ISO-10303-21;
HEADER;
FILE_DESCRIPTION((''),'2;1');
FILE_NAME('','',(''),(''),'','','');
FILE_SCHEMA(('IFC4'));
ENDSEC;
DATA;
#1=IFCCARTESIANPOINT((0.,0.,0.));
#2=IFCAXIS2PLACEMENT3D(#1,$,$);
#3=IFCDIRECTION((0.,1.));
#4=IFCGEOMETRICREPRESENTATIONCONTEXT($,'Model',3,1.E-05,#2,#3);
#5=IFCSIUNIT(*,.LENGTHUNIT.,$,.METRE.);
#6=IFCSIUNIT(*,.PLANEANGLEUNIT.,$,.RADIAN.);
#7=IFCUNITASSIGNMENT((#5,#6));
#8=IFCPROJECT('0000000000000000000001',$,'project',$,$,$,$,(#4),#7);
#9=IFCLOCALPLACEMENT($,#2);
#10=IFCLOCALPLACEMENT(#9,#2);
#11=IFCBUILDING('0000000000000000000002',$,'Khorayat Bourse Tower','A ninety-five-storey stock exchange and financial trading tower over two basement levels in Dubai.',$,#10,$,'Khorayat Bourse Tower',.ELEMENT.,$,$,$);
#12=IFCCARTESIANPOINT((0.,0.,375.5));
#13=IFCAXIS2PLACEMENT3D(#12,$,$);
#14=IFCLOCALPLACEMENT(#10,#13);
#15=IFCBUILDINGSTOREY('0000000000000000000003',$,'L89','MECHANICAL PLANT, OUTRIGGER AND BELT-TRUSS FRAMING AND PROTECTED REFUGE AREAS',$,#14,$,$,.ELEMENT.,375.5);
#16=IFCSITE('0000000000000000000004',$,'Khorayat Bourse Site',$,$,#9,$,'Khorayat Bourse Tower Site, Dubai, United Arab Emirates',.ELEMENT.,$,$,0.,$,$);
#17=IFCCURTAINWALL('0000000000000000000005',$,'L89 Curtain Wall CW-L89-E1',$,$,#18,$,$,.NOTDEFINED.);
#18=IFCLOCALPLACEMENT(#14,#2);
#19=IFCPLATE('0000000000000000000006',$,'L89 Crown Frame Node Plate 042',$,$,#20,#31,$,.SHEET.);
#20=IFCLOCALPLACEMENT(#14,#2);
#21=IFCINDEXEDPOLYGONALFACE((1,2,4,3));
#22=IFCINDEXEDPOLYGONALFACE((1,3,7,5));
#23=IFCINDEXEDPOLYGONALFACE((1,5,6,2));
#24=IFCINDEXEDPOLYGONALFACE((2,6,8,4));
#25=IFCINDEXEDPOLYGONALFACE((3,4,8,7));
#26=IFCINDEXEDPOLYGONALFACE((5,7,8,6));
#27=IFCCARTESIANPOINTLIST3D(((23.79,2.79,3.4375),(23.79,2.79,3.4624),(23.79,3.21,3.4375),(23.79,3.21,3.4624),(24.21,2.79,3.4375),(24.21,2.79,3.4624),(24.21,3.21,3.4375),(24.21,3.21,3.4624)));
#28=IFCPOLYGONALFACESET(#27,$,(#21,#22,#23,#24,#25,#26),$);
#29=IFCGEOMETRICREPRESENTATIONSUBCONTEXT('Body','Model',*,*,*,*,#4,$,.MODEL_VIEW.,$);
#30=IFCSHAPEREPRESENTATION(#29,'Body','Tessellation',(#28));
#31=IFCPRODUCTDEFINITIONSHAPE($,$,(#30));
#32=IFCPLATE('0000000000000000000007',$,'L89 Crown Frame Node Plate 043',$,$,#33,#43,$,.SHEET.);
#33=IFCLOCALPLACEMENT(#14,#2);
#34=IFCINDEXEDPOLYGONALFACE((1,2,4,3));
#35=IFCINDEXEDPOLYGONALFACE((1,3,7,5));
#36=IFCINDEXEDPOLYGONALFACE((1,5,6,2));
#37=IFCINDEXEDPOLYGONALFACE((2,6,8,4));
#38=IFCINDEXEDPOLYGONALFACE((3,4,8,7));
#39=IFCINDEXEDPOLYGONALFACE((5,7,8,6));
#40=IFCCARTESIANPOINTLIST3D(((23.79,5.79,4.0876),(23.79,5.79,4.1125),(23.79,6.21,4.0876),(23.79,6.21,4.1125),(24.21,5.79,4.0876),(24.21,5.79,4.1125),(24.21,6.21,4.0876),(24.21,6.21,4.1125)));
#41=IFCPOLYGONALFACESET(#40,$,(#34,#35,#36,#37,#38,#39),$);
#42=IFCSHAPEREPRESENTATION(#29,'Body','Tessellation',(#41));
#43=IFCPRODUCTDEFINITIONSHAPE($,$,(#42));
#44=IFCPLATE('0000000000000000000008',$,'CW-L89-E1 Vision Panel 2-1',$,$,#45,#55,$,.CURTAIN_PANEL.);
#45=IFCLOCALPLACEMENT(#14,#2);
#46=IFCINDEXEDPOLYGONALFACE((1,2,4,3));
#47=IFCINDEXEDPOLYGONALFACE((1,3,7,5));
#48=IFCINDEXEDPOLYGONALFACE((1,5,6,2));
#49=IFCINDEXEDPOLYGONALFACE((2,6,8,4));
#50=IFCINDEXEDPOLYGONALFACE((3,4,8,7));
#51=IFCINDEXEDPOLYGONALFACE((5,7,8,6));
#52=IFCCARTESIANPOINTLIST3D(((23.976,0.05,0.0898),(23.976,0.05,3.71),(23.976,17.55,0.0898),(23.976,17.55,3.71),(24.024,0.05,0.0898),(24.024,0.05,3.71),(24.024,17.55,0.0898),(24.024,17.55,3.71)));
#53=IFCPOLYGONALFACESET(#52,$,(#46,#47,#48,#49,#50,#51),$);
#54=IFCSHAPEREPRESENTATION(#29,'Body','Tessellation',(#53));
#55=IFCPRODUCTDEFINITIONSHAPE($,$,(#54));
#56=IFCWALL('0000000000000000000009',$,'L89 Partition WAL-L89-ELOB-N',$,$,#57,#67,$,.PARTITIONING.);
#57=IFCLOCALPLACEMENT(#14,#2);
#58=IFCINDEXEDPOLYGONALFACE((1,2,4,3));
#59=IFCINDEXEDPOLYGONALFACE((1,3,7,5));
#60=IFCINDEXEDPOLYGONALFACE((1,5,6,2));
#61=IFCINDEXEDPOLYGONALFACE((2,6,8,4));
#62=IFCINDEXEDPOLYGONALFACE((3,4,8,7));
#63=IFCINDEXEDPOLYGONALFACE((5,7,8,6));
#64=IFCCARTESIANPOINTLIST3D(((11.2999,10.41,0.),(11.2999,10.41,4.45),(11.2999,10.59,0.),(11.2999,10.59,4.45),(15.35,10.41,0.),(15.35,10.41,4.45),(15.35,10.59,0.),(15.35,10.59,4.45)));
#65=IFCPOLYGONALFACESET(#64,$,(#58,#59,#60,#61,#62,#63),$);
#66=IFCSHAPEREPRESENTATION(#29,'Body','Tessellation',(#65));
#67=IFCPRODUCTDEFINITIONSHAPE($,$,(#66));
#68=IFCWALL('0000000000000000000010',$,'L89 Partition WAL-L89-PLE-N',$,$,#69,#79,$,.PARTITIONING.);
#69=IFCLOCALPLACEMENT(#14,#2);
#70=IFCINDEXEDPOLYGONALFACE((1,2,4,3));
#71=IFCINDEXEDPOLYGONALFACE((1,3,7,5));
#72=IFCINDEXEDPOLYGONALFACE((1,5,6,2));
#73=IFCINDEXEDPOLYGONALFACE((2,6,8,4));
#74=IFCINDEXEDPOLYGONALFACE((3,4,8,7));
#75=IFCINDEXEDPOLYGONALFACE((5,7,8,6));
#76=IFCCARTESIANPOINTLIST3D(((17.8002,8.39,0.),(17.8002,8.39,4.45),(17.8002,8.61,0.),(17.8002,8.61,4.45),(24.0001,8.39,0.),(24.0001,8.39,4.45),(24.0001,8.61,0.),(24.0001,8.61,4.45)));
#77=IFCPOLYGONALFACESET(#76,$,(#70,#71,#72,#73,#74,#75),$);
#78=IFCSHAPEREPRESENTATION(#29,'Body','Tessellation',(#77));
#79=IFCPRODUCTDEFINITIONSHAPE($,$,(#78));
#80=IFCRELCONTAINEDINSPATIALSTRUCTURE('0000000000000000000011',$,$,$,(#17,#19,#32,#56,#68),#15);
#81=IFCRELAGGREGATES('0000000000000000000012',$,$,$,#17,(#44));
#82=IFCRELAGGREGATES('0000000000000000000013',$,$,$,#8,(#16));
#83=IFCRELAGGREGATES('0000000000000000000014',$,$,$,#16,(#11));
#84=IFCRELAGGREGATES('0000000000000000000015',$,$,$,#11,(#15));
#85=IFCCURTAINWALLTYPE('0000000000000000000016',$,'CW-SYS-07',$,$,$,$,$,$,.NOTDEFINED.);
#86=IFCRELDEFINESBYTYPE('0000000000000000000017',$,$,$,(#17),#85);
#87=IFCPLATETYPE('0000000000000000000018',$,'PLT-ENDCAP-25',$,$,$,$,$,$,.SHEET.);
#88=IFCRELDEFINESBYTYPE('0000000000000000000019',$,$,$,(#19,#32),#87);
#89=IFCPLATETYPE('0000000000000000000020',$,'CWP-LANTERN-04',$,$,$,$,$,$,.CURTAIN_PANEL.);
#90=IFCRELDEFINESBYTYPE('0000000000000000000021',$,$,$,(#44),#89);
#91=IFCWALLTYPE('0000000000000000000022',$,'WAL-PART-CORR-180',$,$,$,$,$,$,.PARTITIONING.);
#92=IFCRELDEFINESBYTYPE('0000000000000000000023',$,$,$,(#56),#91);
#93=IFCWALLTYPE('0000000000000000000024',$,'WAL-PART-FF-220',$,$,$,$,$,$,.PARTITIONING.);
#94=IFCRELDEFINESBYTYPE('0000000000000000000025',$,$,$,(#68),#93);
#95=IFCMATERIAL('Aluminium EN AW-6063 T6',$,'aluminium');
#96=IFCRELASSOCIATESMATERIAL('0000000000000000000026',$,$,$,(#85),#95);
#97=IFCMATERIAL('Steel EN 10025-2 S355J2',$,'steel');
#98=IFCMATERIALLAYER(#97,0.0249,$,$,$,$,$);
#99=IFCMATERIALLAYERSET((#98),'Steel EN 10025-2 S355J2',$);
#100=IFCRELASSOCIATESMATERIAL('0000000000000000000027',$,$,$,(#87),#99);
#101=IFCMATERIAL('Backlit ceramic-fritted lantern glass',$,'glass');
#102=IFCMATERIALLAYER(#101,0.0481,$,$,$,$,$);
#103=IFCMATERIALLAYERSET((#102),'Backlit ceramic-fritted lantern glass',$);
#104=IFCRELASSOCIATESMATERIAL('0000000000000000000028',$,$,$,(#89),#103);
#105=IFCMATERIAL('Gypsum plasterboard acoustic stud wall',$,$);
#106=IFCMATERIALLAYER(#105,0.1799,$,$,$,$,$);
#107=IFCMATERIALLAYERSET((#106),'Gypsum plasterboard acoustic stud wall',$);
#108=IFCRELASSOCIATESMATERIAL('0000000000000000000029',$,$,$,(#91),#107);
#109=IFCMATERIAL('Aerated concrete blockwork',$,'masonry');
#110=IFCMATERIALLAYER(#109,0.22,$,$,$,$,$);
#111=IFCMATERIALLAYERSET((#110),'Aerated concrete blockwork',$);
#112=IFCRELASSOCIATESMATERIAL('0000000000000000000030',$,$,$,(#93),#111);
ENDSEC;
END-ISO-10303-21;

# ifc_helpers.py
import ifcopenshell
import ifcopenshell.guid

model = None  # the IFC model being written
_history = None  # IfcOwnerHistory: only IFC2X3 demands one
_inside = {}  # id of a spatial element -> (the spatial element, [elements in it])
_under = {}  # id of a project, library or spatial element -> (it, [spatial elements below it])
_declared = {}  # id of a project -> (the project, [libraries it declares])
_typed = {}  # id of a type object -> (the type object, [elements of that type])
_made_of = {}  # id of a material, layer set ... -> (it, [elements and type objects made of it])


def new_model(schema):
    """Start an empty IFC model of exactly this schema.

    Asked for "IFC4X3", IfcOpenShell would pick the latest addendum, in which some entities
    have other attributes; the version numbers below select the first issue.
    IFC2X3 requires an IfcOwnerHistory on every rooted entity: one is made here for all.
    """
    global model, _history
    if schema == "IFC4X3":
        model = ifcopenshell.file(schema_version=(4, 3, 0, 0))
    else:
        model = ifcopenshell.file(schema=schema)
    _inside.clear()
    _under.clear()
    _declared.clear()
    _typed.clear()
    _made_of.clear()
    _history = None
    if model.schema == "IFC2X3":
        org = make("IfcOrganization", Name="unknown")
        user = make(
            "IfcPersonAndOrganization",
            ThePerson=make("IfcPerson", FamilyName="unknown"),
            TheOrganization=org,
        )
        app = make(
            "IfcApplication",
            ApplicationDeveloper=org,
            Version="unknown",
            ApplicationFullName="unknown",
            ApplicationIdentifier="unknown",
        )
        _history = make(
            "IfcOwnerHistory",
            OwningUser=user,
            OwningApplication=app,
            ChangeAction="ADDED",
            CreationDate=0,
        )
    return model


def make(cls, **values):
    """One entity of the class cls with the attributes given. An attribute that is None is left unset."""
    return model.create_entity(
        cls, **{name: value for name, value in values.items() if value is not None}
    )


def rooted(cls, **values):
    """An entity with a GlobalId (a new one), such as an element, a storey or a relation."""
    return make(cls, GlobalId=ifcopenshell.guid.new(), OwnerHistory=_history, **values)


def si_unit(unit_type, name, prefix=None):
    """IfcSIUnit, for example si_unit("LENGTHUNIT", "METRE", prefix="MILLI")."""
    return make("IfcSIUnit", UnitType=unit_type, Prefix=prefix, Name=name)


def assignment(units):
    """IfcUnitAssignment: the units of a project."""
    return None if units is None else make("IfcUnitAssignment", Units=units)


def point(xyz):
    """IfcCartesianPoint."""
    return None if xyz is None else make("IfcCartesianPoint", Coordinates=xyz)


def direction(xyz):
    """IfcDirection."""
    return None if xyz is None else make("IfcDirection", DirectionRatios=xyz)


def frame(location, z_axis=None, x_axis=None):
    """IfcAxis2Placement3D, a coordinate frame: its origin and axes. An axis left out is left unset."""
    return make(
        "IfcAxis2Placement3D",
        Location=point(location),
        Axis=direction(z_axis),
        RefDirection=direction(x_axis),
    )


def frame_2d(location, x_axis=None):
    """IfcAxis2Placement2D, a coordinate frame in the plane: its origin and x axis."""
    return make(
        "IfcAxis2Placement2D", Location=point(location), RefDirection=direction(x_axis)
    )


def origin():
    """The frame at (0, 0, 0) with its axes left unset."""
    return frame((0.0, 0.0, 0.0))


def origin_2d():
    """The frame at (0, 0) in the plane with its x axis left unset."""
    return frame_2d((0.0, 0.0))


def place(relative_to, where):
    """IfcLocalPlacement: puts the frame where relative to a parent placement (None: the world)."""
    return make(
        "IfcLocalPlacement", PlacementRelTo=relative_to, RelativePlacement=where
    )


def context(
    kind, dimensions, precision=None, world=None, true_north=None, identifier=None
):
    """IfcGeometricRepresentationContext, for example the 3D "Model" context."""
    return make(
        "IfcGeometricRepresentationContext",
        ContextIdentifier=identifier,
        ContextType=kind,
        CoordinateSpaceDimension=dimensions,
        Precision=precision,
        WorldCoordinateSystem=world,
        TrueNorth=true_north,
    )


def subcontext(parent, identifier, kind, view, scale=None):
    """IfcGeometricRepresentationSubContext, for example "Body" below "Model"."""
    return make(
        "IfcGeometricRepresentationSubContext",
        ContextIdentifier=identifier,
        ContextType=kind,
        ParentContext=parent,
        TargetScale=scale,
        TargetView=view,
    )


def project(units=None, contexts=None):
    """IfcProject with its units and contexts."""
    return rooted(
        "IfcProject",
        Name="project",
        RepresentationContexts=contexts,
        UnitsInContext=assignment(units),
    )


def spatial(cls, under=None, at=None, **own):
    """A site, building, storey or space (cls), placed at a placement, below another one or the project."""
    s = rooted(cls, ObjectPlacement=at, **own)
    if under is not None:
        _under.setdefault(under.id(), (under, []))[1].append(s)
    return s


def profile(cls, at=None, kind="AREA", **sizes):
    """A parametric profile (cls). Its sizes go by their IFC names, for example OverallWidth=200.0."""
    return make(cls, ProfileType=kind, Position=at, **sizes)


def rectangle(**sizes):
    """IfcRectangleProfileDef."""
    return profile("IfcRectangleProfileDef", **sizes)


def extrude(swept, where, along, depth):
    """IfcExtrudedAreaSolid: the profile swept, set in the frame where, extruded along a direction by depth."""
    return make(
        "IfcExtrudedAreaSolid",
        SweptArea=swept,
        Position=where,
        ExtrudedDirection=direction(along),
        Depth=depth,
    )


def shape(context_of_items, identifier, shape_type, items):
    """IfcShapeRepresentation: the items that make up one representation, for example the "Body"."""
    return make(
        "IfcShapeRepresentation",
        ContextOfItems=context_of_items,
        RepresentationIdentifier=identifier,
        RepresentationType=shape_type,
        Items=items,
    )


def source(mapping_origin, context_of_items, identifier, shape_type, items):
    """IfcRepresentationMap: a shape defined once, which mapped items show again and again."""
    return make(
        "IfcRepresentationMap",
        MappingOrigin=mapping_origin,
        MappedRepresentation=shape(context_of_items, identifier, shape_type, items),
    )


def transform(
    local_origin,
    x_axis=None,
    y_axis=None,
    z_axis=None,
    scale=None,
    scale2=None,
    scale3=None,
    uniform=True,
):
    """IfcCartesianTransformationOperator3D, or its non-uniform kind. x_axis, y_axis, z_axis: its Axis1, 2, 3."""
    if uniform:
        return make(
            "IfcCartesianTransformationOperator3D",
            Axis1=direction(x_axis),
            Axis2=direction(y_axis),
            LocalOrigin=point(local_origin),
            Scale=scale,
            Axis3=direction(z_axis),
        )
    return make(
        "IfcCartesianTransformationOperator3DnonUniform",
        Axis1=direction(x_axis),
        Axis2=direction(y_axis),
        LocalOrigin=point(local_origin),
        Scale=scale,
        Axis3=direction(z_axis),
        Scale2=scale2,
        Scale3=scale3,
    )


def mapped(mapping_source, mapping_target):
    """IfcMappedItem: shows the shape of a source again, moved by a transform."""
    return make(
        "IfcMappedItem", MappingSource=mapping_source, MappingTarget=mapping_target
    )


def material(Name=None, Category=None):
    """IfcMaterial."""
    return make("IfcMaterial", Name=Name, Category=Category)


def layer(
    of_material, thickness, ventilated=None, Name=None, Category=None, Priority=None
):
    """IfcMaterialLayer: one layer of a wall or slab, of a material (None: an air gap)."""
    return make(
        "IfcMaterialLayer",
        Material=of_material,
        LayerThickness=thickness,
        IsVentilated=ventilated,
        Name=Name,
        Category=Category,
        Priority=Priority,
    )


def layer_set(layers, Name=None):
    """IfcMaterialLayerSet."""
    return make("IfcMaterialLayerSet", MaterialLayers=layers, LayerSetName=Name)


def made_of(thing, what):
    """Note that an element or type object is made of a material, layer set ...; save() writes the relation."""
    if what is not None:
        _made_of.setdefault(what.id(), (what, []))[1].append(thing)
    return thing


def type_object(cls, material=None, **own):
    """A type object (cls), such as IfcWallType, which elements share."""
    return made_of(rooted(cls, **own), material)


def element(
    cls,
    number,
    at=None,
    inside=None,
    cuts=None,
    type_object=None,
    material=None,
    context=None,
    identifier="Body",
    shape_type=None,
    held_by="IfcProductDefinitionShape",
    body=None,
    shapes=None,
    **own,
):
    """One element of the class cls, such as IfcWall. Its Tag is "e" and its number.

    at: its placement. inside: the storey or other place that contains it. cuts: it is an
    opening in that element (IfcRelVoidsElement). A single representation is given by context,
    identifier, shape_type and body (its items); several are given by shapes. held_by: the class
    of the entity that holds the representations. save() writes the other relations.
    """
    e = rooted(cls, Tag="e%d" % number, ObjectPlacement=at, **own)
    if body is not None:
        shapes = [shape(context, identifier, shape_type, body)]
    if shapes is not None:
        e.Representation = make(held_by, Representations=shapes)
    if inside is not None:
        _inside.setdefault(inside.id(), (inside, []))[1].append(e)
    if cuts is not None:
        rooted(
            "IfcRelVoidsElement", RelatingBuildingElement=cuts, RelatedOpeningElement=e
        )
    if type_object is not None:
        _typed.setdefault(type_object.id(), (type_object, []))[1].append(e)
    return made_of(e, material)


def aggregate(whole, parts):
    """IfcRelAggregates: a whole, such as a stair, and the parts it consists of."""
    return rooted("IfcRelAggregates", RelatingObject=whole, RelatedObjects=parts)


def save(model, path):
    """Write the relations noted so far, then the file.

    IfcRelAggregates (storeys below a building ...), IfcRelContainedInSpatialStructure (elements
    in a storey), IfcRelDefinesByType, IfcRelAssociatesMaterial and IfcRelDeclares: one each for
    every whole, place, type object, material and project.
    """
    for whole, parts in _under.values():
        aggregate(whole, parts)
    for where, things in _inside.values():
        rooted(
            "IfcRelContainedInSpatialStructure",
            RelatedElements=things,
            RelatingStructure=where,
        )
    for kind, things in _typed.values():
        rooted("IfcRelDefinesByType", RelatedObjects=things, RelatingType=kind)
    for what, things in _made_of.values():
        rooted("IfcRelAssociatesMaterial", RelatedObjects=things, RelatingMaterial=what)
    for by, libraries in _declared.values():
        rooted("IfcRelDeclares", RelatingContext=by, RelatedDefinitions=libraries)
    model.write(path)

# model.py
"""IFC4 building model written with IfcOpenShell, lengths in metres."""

from ifc_helpers import new_model, si_unit, direction, frame, frame_2d, origin, origin_2d, place, context, subcontext, project, spatial, rectangle, extrude, source, transform, mapped, material, layer, layer_set, type_object, element, aggregate, save


model = new_model("IFC4")

# Units and contexts
model_context = context("Model", 3, precision=1e-05, world=origin(), true_north=direction((0.0, 1.0)))
body_context = subcontext(model_context, "Body", "Model", "MODEL_VIEW")
ifc_project = project(units=[si_unit("LENGTHUNIT", "METRE"), si_unit("PLANEANGLEUNIT", "RADIAN")], contexts=[model_context])

# Site, building, storey
site_placement = place(None, origin())
site = spatial("IfcSite", under=ifc_project, at=site_placement, Name="Khorayat Bourse Site", LongName="Khorayat Bourse Tower Site, Dubai, United Arab Emirates", CompositionType="ELEMENT", RefElevation=0.0)
building_placement = place(site_placement, origin())
building = spatial("IfcBuilding", under=site, at=building_placement, Name="Khorayat Bourse Tower", Description="A ninety-five-storey stock exchange and financial trading tower over two basement levels in Dubai.", LongName="Khorayat Bourse Tower", CompositionType="ELEMENT")
storey_placement = place(building_placement, frame((0.0, 0.0, 375.5)))
storey = spatial("IfcBuildingStorey", under=building, at=storey_placement, Name="L89", Description="MECHANICAL PLANT, OUTRIGGER AND BELT-TRUSS FRAMING AND PROTECTED REFUGE AREAS", CompositionType="ELEMENT", Elevation=375.5)

# Shared definitions
ifc_material_1 = material(Name="Steel EN 10025-2 S355J2", Category="steel")

# Curtain wall
ifc_material_2 = material(Name="Aluminium EN AW-6063 T6", Category="aluminium")
curtain_wall_type = type_object("IfcCurtainWallType", Name="CW-SYS-07", PredefinedType="NOTDEFINED", material=ifc_material_2)
curtain_wall_placement = place(storey_placement, origin())
curtain_wall = element("IfcCurtainWall", 1, at=curtain_wall_placement, inside=storey, type_object=curtain_wall_type, Name="L89 Curtain Wall CW-L89-E1", PredefinedType="NOTDEFINED")

# Plates
ifc_layer_1 = layer(ifc_material_1, 0.0249)
ifc_layer_set_1 = layer_set([ifc_layer_1], Name="Steel EN 10025-2 S355J2")
plate_type_1 = type_object("IfcPlateType", Name="PLT-ENDCAP-25", PredefinedType="SHEET", material=ifc_layer_set_1)
shared_shape_1 = source(origin(), body_context, "Body", "SweptSolid", [
    extrude(rectangle(XDim=0.4199, YDim=0.4199, at=origin_2d()), origin(), (0.0, 0.0, 1.0), 0.0249),
])
for number, where, z_axis, x_axis, name in (
    (2, (24.0, 3.0, 3.4375), (0.0, 0.0, 1.0), (1.0, 0.0, 0.0), "L89 Crown Frame Node Plate 042"),
    (3, (24.0, 6.0, 4.0876), (0.0, 0.0, 1.0), (1.0, 0.0, 0.0), "L89 Crown Frame Node Plate 043"),
):
    element("IfcPlate", number, at=place(storey_placement, frame(where, z_axis=z_axis, x_axis=x_axis)), inside=storey, type_object=plate_type_1, Name=name, PredefinedType="SHEET", context=body_context, shape_type="MappedRepresentation", body=[
        mapped(shared_shape_1, transform((0.0, 0.0, 0.0), scale=1.0)),
    ])

# Plate
ifc_material_3 = material(Name="Backlit ceramic-fritted lantern glass", Category="glass")
ifc_layer_2 = layer(ifc_material_3, 0.0481)
ifc_layer_set_2 = layer_set([ifc_layer_2], Name="Backlit ceramic-fritted lantern glass")
plate_type_2 = type_object("IfcPlateType", Name="CWP-LANTERN-04", PredefinedType="CURTAIN_PANEL", material=ifc_layer_set_2)
shared_shape_2 = source(origin(), body_context, "Body", "SweptSolid", [
    extrude(rectangle(XDim=17.5, YDim=0.0481, at=origin_2d()), origin(), (0.0, 0.0, 1.0), 3.6201),
])
plate_placement = place(storey_placement, frame((24.0, 8.8, 0.0898), z_axis=(0.0, 0.0, 1.0), x_axis=(0.0, 1.0, 0.0)))
plate = element("IfcPlate", 4, at=plate_placement, type_object=plate_type_2, Name="CW-L89-E1 Vision Panel 2-1", PredefinedType="CURTAIN_PANEL", context=body_context, shape_type="MappedRepresentation", body=[
    mapped(shared_shape_2, transform((0.0, 0.0, 0.0), scale=1.0)),
])
aggregate(curtain_wall, [plate])

# Walls
ifc_material_4 = material(Name="Gypsum plasterboard acoustic stud wall")
ifc_layer_3 = layer(ifc_material_4, 0.1799)
ifc_layer_set_3 = layer_set([ifc_layer_3], Name="Gypsum plasterboard acoustic stud wall")
wall_type_1 = type_object("IfcWallType", Name="WAL-PART-CORR-180", PredefinedType="PARTITIONING", material=ifc_layer_set_3)
shared_shape_3 = source(origin(), body_context, "Body", "SweptSolid", [
    extrude(rectangle(XDim=4.05, YDim=0.1799, at=frame_2d((2.0249, 0.0))), origin(), (0.0, 0.0, 1.0), 4.45),
])
wall_1_placement = place(storey_placement, frame((11.3, 10.5, 0.0), z_axis=(0.0, 0.0, 1.0), x_axis=(1.0, 0.0, 0.0)))
element("IfcWall", 5, at=wall_1_placement, inside=storey, type_object=wall_type_1, Name="L89 Partition WAL-L89-ELOB-N", PredefinedType="PARTITIONING", context=body_context, shape_type="MappedRepresentation", body=[
    mapped(shared_shape_3, transform((0.0, 0.0, 0.0), scale=1.0)),
])
ifc_material_5 = material(Name="Aerated concrete blockwork", Category="masonry")
ifc_layer_4 = layer(ifc_material_5, 0.22)
ifc_layer_set_4 = layer_set([ifc_layer_4], Name="Aerated concrete blockwork")
wall_type_2 = type_object("IfcWallType", Name="WAL-PART-FF-220", PredefinedType="PARTITIONING", material=ifc_layer_set_4)
shared_shape_4 = source(origin(), body_context, "Body", "SweptSolid", [
    extrude(rectangle(XDim=6.2, YDim=0.22, at=frame_2d((3.1001, 0.0))), origin(), (0.0, 0.0, 1.0), 4.45),
])
wall_2_placement = place(storey_placement, frame((17.8, 8.5, 0.0), z_axis=(0.0, 0.0, 1.0), x_axis=(1.0, 0.0, 0.0)))
element("IfcWall", 6, at=wall_2_placement, inside=storey, type_object=wall_type_2, Name="L89 Partition WAL-L89-PLE-N", PredefinedType="PARTITIONING", context=body_context, shape_type="MappedRepresentation", body=[
    mapped(shared_shape_4, transform((0.0, 0.0, 0.0), scale=1.0)),
])

save(model, "model.ifc")
